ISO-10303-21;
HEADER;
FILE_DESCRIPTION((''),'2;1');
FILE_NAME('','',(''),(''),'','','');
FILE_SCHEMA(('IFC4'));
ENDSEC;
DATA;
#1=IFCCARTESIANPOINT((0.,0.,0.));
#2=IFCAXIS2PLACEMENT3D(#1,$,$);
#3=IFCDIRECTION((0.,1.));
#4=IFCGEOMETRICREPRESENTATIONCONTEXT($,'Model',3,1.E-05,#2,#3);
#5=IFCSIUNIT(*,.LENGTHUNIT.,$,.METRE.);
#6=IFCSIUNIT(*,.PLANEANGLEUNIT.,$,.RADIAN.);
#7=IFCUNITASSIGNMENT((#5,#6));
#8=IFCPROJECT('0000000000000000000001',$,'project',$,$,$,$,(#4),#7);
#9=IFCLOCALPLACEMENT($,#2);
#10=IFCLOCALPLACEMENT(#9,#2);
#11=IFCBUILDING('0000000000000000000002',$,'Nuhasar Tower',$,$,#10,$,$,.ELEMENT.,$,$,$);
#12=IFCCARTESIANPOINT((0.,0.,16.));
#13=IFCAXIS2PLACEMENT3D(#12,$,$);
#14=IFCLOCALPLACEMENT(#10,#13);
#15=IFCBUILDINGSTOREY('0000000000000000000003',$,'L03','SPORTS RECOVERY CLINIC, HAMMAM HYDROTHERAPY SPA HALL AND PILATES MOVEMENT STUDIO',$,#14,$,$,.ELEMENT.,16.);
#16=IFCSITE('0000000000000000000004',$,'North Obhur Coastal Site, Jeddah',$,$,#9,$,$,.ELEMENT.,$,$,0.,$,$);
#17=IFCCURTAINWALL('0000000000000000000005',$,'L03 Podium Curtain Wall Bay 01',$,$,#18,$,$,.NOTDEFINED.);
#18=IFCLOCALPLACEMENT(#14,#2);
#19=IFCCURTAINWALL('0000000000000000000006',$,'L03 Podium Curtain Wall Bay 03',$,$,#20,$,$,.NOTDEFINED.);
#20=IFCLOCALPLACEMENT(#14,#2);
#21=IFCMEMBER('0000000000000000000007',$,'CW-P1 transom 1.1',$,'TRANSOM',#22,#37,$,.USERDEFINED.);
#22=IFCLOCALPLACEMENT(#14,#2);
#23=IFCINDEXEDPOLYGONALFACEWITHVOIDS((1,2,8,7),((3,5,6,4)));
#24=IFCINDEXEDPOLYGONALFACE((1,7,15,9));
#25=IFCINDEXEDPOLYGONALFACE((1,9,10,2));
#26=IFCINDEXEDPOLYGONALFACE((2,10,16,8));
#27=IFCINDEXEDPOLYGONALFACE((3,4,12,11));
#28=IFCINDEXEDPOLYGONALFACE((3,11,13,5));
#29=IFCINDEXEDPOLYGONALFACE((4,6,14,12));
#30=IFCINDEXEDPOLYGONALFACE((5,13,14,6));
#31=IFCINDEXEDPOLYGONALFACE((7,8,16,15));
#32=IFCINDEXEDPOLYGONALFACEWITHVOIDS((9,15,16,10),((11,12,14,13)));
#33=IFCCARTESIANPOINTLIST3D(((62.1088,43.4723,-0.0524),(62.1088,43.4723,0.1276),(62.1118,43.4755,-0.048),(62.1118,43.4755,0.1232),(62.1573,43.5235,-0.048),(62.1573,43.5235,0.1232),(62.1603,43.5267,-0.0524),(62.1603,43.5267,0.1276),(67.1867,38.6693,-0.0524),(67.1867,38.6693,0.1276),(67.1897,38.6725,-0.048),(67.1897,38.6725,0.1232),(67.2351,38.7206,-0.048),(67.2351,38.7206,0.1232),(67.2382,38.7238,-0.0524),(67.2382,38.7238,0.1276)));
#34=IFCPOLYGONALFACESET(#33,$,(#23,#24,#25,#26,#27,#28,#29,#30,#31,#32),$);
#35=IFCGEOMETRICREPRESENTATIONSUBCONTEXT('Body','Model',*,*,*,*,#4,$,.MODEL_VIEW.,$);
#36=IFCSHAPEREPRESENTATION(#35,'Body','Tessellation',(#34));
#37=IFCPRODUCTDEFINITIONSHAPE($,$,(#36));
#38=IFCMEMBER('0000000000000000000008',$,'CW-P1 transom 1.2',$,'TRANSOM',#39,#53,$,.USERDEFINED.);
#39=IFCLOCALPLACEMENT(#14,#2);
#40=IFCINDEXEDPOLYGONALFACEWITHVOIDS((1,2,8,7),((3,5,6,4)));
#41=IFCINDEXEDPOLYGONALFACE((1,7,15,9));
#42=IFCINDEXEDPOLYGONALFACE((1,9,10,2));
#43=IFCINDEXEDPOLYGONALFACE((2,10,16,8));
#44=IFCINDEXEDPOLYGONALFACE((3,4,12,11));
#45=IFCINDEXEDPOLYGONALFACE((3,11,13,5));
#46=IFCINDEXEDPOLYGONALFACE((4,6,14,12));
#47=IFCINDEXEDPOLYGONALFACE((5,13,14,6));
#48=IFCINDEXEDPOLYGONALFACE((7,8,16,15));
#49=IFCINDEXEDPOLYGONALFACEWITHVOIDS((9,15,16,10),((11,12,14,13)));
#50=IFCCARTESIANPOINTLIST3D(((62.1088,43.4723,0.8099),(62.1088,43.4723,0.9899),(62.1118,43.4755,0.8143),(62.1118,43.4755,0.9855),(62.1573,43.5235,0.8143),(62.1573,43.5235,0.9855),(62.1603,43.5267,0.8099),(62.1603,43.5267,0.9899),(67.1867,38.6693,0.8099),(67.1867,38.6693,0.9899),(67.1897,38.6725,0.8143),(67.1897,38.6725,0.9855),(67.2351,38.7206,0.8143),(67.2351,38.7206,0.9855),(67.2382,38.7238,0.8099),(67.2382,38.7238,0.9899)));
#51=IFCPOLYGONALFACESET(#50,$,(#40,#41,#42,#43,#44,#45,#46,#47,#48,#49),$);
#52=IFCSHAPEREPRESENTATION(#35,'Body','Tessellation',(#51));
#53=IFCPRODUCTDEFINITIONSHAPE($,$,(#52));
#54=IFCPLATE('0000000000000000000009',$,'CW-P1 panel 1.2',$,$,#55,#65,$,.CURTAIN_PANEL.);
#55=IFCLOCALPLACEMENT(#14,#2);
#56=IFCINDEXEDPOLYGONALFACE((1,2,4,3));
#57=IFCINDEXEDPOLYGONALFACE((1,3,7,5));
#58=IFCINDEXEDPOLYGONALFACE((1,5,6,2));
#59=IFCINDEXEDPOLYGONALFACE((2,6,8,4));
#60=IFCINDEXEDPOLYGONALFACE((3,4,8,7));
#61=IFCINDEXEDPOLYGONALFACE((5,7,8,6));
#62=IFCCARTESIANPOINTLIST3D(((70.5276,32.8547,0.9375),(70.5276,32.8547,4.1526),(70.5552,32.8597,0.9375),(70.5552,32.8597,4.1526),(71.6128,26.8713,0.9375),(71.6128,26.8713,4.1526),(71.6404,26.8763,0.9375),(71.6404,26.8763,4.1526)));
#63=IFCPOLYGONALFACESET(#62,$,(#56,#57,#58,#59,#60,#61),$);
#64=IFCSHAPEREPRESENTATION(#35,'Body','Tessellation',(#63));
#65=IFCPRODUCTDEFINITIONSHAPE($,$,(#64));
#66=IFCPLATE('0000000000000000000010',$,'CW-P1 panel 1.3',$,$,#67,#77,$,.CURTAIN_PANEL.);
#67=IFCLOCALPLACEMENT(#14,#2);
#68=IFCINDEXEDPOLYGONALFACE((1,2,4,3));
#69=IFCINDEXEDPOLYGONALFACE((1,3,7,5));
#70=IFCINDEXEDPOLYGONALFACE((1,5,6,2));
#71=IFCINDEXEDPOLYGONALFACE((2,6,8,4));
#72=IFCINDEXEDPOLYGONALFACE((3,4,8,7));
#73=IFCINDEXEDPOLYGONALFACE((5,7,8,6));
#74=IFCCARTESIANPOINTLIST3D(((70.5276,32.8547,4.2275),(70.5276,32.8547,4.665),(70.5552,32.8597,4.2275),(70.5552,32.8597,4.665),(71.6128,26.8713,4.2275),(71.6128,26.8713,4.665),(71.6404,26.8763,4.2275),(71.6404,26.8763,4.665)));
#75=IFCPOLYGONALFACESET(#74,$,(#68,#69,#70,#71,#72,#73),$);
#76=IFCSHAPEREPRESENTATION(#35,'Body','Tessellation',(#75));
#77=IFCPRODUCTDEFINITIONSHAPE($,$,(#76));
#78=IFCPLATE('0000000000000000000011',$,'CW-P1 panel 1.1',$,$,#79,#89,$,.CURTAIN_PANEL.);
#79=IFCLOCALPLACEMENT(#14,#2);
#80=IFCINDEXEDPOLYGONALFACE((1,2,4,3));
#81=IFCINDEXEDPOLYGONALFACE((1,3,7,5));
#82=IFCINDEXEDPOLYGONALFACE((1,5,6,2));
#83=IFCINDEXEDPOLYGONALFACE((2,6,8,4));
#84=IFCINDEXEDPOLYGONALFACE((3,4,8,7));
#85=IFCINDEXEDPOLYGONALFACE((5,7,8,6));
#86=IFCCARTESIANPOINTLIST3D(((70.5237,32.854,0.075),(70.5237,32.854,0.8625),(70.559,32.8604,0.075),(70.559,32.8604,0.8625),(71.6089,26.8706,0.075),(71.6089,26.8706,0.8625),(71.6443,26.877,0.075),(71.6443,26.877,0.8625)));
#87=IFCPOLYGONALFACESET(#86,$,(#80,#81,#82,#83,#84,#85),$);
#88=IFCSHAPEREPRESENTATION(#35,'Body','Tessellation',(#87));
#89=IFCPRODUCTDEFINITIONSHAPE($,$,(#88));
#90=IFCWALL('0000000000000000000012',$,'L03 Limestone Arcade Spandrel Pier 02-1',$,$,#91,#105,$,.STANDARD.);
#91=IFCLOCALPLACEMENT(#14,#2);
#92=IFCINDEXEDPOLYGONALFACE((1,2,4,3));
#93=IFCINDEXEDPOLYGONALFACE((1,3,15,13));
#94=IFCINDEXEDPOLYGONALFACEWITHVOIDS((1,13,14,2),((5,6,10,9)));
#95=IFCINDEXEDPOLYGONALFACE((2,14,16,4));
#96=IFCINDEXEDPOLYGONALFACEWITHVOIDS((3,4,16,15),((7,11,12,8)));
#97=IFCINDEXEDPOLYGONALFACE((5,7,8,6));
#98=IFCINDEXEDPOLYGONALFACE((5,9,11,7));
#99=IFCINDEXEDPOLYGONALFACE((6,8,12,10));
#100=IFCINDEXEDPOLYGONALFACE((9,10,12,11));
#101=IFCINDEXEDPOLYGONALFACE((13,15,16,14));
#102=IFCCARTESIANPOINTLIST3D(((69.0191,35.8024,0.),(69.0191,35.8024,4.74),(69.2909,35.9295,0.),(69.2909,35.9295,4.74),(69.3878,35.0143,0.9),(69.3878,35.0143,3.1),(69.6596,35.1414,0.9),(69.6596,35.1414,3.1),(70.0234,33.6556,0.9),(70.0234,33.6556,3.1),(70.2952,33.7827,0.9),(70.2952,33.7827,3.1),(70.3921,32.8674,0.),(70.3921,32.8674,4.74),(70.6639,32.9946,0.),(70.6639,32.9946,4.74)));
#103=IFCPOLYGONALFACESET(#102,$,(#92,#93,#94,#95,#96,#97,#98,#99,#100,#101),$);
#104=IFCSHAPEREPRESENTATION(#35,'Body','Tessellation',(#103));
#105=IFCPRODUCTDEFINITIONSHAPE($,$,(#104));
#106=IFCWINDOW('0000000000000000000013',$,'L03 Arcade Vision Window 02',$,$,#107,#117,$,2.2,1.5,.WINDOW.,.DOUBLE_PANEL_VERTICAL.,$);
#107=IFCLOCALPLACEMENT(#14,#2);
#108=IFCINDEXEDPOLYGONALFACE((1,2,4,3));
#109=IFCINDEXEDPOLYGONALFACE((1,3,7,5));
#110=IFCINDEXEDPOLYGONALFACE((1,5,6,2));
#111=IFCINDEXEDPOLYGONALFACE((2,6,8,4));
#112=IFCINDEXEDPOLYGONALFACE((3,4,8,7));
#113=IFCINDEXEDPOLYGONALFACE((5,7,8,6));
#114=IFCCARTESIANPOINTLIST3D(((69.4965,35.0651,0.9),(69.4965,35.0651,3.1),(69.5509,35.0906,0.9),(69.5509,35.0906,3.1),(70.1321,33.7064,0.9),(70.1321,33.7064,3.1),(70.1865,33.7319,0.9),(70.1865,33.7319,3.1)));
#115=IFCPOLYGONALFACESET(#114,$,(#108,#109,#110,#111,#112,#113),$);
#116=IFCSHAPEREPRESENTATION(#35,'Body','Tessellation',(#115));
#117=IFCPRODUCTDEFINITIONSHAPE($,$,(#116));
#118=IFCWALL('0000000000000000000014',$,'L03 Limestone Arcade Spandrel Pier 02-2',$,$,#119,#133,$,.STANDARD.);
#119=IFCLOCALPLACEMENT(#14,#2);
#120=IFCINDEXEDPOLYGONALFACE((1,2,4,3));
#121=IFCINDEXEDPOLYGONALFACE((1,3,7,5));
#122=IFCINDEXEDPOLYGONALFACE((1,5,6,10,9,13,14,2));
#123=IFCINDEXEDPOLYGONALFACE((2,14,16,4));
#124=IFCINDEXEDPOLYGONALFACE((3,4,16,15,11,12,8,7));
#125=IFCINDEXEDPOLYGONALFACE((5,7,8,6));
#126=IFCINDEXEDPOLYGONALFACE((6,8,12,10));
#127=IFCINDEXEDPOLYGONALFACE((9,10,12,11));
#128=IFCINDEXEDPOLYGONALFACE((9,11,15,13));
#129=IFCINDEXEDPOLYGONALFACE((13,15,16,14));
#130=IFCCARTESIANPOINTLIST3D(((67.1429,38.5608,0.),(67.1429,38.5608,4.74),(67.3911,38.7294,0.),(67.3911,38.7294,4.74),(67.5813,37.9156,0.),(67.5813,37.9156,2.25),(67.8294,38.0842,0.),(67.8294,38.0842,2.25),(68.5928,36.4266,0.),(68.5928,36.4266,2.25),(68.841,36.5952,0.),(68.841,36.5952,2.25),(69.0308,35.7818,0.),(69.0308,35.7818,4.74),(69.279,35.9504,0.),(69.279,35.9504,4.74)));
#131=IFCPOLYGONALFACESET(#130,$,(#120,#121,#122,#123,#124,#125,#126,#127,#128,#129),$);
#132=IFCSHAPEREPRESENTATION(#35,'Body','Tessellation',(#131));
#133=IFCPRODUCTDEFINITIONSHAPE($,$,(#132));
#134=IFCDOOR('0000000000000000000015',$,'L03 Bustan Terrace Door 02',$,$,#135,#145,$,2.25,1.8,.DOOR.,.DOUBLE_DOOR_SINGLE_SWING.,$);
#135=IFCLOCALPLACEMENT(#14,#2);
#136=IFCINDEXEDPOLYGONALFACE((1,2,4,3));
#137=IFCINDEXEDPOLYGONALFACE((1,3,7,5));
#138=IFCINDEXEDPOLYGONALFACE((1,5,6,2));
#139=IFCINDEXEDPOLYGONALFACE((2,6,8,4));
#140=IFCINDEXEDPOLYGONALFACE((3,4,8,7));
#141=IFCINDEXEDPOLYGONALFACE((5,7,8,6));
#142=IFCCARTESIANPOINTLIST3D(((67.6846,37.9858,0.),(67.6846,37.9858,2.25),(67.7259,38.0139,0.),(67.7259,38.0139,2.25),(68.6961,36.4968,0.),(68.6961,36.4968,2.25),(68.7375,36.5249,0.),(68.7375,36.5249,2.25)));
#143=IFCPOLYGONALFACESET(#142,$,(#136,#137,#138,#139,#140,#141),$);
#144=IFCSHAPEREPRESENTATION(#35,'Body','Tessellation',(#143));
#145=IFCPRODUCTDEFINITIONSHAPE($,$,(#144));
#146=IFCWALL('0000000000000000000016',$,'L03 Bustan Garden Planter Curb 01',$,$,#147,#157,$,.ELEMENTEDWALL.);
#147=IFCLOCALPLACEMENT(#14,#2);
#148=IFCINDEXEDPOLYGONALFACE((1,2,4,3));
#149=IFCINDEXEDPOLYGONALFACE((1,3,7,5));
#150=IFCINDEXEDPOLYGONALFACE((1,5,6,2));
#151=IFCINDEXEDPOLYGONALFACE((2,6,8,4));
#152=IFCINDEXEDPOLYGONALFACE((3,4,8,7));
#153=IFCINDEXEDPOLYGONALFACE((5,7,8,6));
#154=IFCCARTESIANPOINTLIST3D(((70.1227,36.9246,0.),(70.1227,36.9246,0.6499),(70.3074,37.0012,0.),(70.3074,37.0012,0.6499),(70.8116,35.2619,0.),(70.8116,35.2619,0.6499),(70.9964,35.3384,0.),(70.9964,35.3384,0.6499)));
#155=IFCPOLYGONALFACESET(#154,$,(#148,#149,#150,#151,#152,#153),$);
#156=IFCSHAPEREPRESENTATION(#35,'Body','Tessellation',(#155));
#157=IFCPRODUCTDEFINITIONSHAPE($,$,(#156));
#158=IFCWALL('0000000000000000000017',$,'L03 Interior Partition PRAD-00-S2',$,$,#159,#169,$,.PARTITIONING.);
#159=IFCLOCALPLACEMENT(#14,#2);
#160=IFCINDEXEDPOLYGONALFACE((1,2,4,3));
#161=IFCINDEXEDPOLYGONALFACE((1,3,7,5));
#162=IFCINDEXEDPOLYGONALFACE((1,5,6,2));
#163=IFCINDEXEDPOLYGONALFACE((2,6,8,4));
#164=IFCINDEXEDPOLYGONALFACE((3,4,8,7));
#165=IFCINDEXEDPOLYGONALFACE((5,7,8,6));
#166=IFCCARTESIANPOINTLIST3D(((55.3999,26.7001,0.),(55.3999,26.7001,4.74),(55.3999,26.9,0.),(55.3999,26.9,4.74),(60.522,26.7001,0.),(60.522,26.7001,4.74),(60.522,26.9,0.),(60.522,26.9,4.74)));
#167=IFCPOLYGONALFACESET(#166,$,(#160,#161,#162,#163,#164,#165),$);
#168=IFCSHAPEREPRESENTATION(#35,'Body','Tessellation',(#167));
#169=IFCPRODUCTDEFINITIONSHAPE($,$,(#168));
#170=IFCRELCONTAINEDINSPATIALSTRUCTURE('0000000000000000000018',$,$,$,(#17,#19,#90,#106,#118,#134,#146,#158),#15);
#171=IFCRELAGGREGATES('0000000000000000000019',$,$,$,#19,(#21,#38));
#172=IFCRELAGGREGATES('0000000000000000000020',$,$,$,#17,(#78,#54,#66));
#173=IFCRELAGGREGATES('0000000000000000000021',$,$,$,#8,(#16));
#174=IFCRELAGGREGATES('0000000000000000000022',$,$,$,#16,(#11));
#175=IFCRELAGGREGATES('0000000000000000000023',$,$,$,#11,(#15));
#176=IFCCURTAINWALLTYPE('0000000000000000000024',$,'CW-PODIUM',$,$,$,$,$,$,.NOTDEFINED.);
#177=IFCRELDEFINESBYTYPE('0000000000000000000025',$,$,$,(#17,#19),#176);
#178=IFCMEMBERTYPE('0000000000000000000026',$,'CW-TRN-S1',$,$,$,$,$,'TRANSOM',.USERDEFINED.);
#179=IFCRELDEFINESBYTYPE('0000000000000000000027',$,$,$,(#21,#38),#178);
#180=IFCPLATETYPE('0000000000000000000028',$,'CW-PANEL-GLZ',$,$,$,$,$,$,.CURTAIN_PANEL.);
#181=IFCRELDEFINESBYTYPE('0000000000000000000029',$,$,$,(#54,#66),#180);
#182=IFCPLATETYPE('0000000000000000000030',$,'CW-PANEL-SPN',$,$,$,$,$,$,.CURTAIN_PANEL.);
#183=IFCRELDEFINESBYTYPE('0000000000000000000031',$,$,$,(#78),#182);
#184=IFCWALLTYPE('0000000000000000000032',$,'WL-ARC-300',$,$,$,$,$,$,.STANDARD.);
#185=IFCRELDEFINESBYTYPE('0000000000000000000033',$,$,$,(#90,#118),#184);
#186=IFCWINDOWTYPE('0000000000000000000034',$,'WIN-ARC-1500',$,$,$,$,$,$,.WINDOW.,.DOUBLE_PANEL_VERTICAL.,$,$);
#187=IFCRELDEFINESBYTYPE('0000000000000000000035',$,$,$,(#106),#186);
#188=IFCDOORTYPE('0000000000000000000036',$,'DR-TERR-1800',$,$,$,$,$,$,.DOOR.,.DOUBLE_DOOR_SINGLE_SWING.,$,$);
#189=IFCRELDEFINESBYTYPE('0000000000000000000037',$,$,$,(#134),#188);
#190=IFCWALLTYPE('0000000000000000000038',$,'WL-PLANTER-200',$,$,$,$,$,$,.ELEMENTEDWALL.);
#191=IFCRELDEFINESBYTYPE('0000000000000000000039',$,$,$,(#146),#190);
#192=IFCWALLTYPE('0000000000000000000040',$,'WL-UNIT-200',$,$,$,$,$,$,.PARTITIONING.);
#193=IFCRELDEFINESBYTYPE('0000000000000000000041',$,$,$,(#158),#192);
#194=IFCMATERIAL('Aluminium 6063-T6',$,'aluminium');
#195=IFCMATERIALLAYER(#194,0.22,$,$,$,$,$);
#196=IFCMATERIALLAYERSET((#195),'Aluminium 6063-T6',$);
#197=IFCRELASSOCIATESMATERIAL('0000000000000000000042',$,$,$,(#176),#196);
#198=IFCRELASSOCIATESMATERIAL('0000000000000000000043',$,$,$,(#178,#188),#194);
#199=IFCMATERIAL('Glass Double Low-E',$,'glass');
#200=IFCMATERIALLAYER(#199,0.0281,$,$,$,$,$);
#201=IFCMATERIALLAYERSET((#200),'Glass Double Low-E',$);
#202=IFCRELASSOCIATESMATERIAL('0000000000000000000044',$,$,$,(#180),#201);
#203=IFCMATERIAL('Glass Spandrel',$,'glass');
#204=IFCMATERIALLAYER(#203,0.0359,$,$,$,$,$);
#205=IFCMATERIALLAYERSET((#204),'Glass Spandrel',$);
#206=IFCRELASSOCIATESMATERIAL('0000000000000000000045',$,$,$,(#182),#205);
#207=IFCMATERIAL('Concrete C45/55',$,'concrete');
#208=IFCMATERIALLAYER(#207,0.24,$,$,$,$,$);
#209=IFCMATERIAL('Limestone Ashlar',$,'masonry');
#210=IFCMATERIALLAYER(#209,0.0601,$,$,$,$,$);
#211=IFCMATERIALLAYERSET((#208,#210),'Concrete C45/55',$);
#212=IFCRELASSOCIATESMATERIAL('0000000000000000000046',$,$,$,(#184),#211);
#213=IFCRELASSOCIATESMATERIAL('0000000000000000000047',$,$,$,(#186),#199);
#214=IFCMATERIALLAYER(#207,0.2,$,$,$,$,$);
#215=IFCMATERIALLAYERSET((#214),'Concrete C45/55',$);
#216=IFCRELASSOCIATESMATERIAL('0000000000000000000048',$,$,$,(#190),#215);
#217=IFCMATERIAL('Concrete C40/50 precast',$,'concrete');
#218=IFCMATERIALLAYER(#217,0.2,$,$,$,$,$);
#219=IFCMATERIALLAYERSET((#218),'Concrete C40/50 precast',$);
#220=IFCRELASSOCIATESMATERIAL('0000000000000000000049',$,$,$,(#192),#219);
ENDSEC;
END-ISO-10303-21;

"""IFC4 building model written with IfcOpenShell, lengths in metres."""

from ifc_helpers import new_model, si_unit, direction, frame, frame_2d, origin, origin_2d, place, context, subcontext, project, spatial, rectangle, hollow_rectangle, extrude, material, layer, layer_set, material_profile, profile_set, type_object, element, fill, aggregate, save


model = new_model("IFC4")

# Units and contexts
model_context = context("Model", 3, precision=1e-05, world=origin(), true_north=direction((0.0, 1.0)))
body_context = subcontext(model_context, "Body", "Model", "MODEL_VIEW")
ifc_project = project(units=[si_unit("LENGTHUNIT", "METRE"), si_unit("PLANEANGLEUNIT", "RADIAN")], contexts=[model_context])

# Site, building, storey
site_placement = place(None, origin())
site = spatial("IfcSite", under=ifc_project, at=site_placement, Name="North Obhur Coastal Site, Jeddah", CompositionType="ELEMENT", RefElevation=0.0)
building_placement = place(site_placement, origin())
building = spatial("IfcBuilding", under=site, at=building_placement, Name="Nuhasar Tower", CompositionType="ELEMENT")
storey_placement = place(building_placement, frame((0.0, 0.0, 16.0)))
storey = spatial("IfcBuildingStorey", under=building, at=storey_placement, Name="L03", Description="SPORTS RECOVERY CLINIC, HAMMAM HYDROTHERAPY SPA HALL AND PILATES MOVEMENT STUDIO", CompositionType="ELEMENT", Elevation=16.0)

# Curtain wall
ifc_material_1 = material(Name="Aluminium 6063-T6", Category="aluminium")
ifc_layer_1 = layer(ifc_material_1, 0.22)
ifc_layer_set_1 = layer_set([ifc_layer_1], Name="Aluminium 6063-T6")
curtain_wall_type = type_object("IfcCurtainWallType", Name="CW-PODIUM", PredefinedType="NOTDEFINED", material=ifc_layer_set_1)
curtain_wall_1_placement = place(storey_placement, origin())
curtain_wall_1 = element("IfcCurtainWall", 1, at=curtain_wall_1_placement, inside=storey, type_object=curtain_wall_type, Name="L03 Podium Curtain Wall Bay 01", PredefinedType="NOTDEFINED")

# Curtain wall
curtain_wall_2_placement = place(storey_placement, origin())
curtain_wall_2 = element("IfcCurtainWall", 2, at=curtain_wall_2_placement, inside=storey, type_object=curtain_wall_type, Name="L03 Podium Curtain Wall Bay 03", PredefinedType="NOTDEFINED")

# Members
ifc_material_profile_1 = material_profile(ifc_material_1, hollow_rectangle(XDim=0.075, YDim=0.1799, WallThickness=0.0044, at=origin_2d()), Name="CWT-1")
ifc_profile_set_1 = profile_set([ifc_material_profile_1], Name="Aluminium 6063-T6")
member_type_1 = type_object("IfcMemberType", Name="CW-TRN-S1", ElementType="TRANSOM", PredefinedType="USERDEFINED", material=ifc_profile_set_1)
member_1_placement = place(storey_placement, frame((67.2124, 38.6965, 0.0376), z_axis=(-0.726499, 0.687168, 0.0), x_axis=(-0.687168, -0.726499, 0.0)))
member_1 = element("IfcMember", 3, at=member_1_placement, type_object=member_type_1, Name="CW-P1 transom 1.1", ObjectType="TRANSOM", PredefinedType="USERDEFINED", context=body_context, shape_type="SweptSolid", body=[
    extrude(hollow_rectangle(XDim=0.075, YDim=0.1799, WallThickness=0.0044, at=origin_2d()), origin(), (0.0, 0.0, 1.0), 6.9895),
])
member_2_placement = place(storey_placement, frame((67.2124, 38.6965, 0.8999), z_axis=(-0.726499, 0.687168, 0.0), x_axis=(-0.687168, -0.726499, 0.0)))
member_2 = element("IfcMember", 4, at=member_2_placement, type_object=member_type_1, Name="CW-P1 transom 1.2", ObjectType="TRANSOM", PredefinedType="USERDEFINED", context=body_context, shape_type="SweptSolid", body=[
    extrude(hollow_rectangle(XDim=0.075, YDim=0.1799, WallThickness=0.0044, at=origin_2d()), origin(), (0.0, 0.0, 1.0), 6.9895),
])
aggregate(curtain_wall_2, [member_1, member_2])

# Plates
ifc_material_2 = material(Name="Glass Double Low-E", Category="glass")
ifc_layer_2 = layer(ifc_material_2, 0.0281)
ifc_layer_set_2 = layer_set([ifc_layer_2], Name="Glass Double Low-E")
plate_type_1 = type_object("IfcPlateType", Name="CW-PANEL-GLZ", PredefinedType="CURTAIN_PANEL", material=ifc_layer_set_2)
plate_1_placement = place(storey_placement, frame((71.084, 29.8655, 0.9375), z_axis=(0.0, 0.0, 1.0), x_axis=(-0.178462, 0.983947, 0.0)))
plate_1 = element("IfcPlate", 5, at=plate_1_placement, type_object=plate_type_1, Name="CW-P1 panel 1.2", PredefinedType="CURTAIN_PANEL", context=body_context, shape_type="SweptSolid", body=[
    extrude(rectangle(XDim=6.0811, YDim=0.0281, at=origin_2d()), origin(), (0.0, 0.0, 1.0), 3.2151),
])
plate_2_placement = place(storey_placement, frame((71.084, 29.8655, 4.2275), z_axis=(0.0, 0.0, 1.0), x_axis=(-0.178462, 0.983947, 0.0)))
plate_2 = element("IfcPlate", 6, at=plate_2_placement, type_object=plate_type_1, Name="CW-P1 panel 1.3", PredefinedType="CURTAIN_PANEL", context=body_context, shape_type="SweptSolid", body=[
    extrude(rectangle(XDim=6.0811, YDim=0.0281, at=origin_2d()), origin(), (0.0, 0.0, 1.0), 0.4375),
])
ifc_material_3 = material(Name="Glass Spandrel", Category="glass")
ifc_layer_3 = layer(ifc_material_3, 0.0359)
ifc_layer_set_3 = layer_set([ifc_layer_3], Name="Glass Spandrel")
plate_type_2 = type_object("IfcPlateType", Name="CW-PANEL-SPN", PredefinedType="CURTAIN_PANEL", material=ifc_layer_set_3)
plate_3_placement = place(storey_placement, frame((71.084, 29.8655, 0.075), z_axis=(0.0, 0.0, 1.0), x_axis=(-0.178462, 0.983947, 0.0)))
plate_3 = element("IfcPlate", 7, at=plate_3_placement, type_object=plate_type_2, Name="CW-P1 panel 1.1", PredefinedType="CURTAIN_PANEL", context=body_context, shape_type="SweptSolid", body=[
    extrude(rectangle(XDim=6.0811, YDim=0.0359, at=origin_2d()), origin(), (0.0, 0.0, 1.0), 0.7876),
])
aggregate(curtain_wall_1, [plate_3, plate_1, plate_2])

# Wall, opening, window
ifc_material_4 = material(Name="Concrete C45/55", Category="concrete")
ifc_layer_4 = layer(ifc_material_4, 0.24)
ifc_material_5 = material(Name="Limestone Ashlar", Category="masonry")
ifc_layer_5 = layer(ifc_material_5, 0.0601)
ifc_layer_set_4 = layer_set([ifc_layer_4, ifc_layer_5], Name="Concrete C45/55")
wall_type_1 = type_object("IfcWallType", Name="WL-ARC-300", PredefinedType="STANDARD", material=ifc_layer_set_4)
wall_1_placement = place(storey_placement, frame((69.155, 35.866, 0.0), z_axis=(0.0, 0.0, 1.0), x_axis=(0.423735, -0.905786, 0.0)))
wall_1 = element("IfcWall", 8, at=wall_1_placement, inside=storey, type_object=wall_type_1, Name="L03 Limestone Arcade Spandrel Pier 02-1", PredefinedType="STANDARD", context=body_context, shape_type="SweptSolid", body=[
    extrude(rectangle(XDim=3.2402, YDim=0.3, at=frame_2d((1.6201, 0.0))), origin(), (0.0, 0.0, 1.0), 4.74),
])
opening_1_placement = place(wall_1_placement, frame((0.8701, 0.0, 0.8999)))
opening_1 = element("IfcOpeningElement", 9, at=opening_1_placement, cuts=wall_1, PredefinedType="OPENING", context=body_context, shape_type="SweptSolid", body=[
    extrude(rectangle(XDim=1.5, YDim=2.2, at=frame_2d((0.75, 1.1001))), frame((0.0, 0.1602, 0.0), z_axis=(0.0, -1.0, 0.0), x_axis=(1.0, 0.0, 0.0)), (0.0, 0.0, 1.0), 0.3201),
])
window_type = type_object("IfcWindowType", Name="WIN-ARC-1500", PartitioningType="DOUBLE_PANEL_VERTICAL", PredefinedType="WINDOW", material=ifc_material_2)
window_placement = place(opening_1_placement, origin())
window = element("IfcWindow", 10, at=window_placement, inside=storey, type_object=window_type, Name="L03 Arcade Vision Window 02", OverallHeight=2.2, OverallWidth=1.5, PartitioningType="DOUBLE_PANEL_VERTICAL", PredefinedType="WINDOW", context=body_context, shape_type="SweptSolid", body=[
    extrude(rectangle(XDim=1.5, YDim=2.2, at=frame_2d((0.75, 1.1001))), frame((0.0, 0.03, 0.0), z_axis=(0.0, -1.0, 0.0), x_axis=(1.0, 0.0, 0.0)), (0.0, 0.0, 1.0), 0.0601),
])
fill(opening_1, window)

# Wall, opening, door
wall_2_placement = place(storey_placement, frame((67.2671, 38.645, 0.0), z_axis=(0.0, 0.0, 1.0), x_axis=(0.56194, -0.827178, 0.0)))
wall_2 = element("IfcWall", 11, at=wall_2_placement, inside=storey, type_object=wall_type_1, Name="L03 Limestone Arcade Spandrel Pier 02-2", PredefinedType="STANDARD", context=body_context, shape_type="SweptSolid", body=[
    extrude(rectangle(XDim=3.3596, YDim=0.3, at=frame_2d((1.6797, 0.0))), origin(), (0.0, 0.0, 1.0), 4.74),
])
opening_2_placement = place(wall_2_placement, frame((0.78, 0.0, 0.0)))
opening_2 = element("IfcOpeningElement", 12, at=opening_2_placement, cuts=wall_2, PredefinedType="OPENING", context=body_context, shape_type="SweptSolid", body=[
    extrude(rectangle(XDim=1.8, YDim=2.25, at=frame_2d((0.8999, 1.125))), frame((0.0, 0.1602, 0.0), z_axis=(0.0, -1.0, 0.0), x_axis=(1.0, 0.0, 0.0)), (0.0, 0.0, 1.0), 0.3201),
])
door_type = type_object("IfcDoorType", Name="DR-TERR-1800", OperationType="DOUBLE_DOOR_SINGLE_SWING", PredefinedType="DOOR", material=ifc_material_1)
door_placement = place(opening_2_placement, origin())
door = element("IfcDoor", 13, at=door_placement, inside=storey, type_object=door_type, Name="L03 Bustan Terrace Door 02", OperationType="DOUBLE_DOOR_SINGLE_SWING", OverallHeight=2.25, OverallWidth=1.8, PredefinedType="DOOR", context=body_context, shape_type="SweptSolid", body=[
    extrude(rectangle(XDim=1.8, YDim=2.25, at=frame_2d((0.8999, 1.125))), frame((0.0, 0.0249, 0.0), z_axis=(0.0, -1.0, 0.0), x_axis=(1.0, 0.0, 0.0)), (0.0, 0.0, 1.0), 0.05),
])
fill(opening_2, door)

# Walls
ifc_layer_6 = layer(ifc_material_4, 0.2)
ifc_layer_set_5 = layer_set([ifc_layer_6], Name="Concrete C45/55")
wall_type_2 = type_object("IfcWallType", Name="WL-PLANTER-200", PredefinedType="ELEMENTEDWALL", material=ifc_layer_set_5)
wall_3_placement = place(storey_placement, frame((70.2151, 36.9629, 0.0), z_axis=(0.0, 0.0, 1.0), x_axis=(0.382775, -0.923842, 0.0)))
element("IfcWall", 14, at=wall_3_placement, inside=storey, type_object=wall_type_2, Name="L03 Bustan Garden Planter Curb 01", PredefinedType="ELEMENTEDWALL", context=body_context, shape_type="SweptSolid", body=[
    extrude(rectangle(XDim=1.7998, YDim=0.2, at=frame_2d((0.8999, 0.0))), origin(), (0.0, 0.0, 1.0), 0.6499),
])
ifc_material_6 = material(Name="Concrete C40/50 precast", Category="concrete")
ifc_layer_7 = layer(ifc_material_6, 0.2)
ifc_layer_set_6 = layer_set([ifc_layer_7], Name="Concrete C40/50 precast")
wall_type_3 = type_object("IfcWallType", Name="WL-UNIT-200", PredefinedType="PARTITIONING", material=ifc_layer_set_6)
wall_4_placement = place(storey_placement, frame((55.3999, 26.8, 0.0), z_axis=(0.0, 0.0, 1.0), x_axis=(1.0, 0.0, 0.0)))
element("IfcWall", 15, at=wall_4_placement, inside=storey, type_object=wall_type_3, Name="L03 Interior Partition PRAD-00-S2", PredefinedType="PARTITIONING", context=body_context, shape_type="SweptSolid", body=[
    extrude(rectangle(XDim=5.1221, YDim=0.2, at=frame_2d((2.561, 0.0))), origin(), (0.0, 0.0, 1.0), 4.74),
])

save(model, "model.ifc")
